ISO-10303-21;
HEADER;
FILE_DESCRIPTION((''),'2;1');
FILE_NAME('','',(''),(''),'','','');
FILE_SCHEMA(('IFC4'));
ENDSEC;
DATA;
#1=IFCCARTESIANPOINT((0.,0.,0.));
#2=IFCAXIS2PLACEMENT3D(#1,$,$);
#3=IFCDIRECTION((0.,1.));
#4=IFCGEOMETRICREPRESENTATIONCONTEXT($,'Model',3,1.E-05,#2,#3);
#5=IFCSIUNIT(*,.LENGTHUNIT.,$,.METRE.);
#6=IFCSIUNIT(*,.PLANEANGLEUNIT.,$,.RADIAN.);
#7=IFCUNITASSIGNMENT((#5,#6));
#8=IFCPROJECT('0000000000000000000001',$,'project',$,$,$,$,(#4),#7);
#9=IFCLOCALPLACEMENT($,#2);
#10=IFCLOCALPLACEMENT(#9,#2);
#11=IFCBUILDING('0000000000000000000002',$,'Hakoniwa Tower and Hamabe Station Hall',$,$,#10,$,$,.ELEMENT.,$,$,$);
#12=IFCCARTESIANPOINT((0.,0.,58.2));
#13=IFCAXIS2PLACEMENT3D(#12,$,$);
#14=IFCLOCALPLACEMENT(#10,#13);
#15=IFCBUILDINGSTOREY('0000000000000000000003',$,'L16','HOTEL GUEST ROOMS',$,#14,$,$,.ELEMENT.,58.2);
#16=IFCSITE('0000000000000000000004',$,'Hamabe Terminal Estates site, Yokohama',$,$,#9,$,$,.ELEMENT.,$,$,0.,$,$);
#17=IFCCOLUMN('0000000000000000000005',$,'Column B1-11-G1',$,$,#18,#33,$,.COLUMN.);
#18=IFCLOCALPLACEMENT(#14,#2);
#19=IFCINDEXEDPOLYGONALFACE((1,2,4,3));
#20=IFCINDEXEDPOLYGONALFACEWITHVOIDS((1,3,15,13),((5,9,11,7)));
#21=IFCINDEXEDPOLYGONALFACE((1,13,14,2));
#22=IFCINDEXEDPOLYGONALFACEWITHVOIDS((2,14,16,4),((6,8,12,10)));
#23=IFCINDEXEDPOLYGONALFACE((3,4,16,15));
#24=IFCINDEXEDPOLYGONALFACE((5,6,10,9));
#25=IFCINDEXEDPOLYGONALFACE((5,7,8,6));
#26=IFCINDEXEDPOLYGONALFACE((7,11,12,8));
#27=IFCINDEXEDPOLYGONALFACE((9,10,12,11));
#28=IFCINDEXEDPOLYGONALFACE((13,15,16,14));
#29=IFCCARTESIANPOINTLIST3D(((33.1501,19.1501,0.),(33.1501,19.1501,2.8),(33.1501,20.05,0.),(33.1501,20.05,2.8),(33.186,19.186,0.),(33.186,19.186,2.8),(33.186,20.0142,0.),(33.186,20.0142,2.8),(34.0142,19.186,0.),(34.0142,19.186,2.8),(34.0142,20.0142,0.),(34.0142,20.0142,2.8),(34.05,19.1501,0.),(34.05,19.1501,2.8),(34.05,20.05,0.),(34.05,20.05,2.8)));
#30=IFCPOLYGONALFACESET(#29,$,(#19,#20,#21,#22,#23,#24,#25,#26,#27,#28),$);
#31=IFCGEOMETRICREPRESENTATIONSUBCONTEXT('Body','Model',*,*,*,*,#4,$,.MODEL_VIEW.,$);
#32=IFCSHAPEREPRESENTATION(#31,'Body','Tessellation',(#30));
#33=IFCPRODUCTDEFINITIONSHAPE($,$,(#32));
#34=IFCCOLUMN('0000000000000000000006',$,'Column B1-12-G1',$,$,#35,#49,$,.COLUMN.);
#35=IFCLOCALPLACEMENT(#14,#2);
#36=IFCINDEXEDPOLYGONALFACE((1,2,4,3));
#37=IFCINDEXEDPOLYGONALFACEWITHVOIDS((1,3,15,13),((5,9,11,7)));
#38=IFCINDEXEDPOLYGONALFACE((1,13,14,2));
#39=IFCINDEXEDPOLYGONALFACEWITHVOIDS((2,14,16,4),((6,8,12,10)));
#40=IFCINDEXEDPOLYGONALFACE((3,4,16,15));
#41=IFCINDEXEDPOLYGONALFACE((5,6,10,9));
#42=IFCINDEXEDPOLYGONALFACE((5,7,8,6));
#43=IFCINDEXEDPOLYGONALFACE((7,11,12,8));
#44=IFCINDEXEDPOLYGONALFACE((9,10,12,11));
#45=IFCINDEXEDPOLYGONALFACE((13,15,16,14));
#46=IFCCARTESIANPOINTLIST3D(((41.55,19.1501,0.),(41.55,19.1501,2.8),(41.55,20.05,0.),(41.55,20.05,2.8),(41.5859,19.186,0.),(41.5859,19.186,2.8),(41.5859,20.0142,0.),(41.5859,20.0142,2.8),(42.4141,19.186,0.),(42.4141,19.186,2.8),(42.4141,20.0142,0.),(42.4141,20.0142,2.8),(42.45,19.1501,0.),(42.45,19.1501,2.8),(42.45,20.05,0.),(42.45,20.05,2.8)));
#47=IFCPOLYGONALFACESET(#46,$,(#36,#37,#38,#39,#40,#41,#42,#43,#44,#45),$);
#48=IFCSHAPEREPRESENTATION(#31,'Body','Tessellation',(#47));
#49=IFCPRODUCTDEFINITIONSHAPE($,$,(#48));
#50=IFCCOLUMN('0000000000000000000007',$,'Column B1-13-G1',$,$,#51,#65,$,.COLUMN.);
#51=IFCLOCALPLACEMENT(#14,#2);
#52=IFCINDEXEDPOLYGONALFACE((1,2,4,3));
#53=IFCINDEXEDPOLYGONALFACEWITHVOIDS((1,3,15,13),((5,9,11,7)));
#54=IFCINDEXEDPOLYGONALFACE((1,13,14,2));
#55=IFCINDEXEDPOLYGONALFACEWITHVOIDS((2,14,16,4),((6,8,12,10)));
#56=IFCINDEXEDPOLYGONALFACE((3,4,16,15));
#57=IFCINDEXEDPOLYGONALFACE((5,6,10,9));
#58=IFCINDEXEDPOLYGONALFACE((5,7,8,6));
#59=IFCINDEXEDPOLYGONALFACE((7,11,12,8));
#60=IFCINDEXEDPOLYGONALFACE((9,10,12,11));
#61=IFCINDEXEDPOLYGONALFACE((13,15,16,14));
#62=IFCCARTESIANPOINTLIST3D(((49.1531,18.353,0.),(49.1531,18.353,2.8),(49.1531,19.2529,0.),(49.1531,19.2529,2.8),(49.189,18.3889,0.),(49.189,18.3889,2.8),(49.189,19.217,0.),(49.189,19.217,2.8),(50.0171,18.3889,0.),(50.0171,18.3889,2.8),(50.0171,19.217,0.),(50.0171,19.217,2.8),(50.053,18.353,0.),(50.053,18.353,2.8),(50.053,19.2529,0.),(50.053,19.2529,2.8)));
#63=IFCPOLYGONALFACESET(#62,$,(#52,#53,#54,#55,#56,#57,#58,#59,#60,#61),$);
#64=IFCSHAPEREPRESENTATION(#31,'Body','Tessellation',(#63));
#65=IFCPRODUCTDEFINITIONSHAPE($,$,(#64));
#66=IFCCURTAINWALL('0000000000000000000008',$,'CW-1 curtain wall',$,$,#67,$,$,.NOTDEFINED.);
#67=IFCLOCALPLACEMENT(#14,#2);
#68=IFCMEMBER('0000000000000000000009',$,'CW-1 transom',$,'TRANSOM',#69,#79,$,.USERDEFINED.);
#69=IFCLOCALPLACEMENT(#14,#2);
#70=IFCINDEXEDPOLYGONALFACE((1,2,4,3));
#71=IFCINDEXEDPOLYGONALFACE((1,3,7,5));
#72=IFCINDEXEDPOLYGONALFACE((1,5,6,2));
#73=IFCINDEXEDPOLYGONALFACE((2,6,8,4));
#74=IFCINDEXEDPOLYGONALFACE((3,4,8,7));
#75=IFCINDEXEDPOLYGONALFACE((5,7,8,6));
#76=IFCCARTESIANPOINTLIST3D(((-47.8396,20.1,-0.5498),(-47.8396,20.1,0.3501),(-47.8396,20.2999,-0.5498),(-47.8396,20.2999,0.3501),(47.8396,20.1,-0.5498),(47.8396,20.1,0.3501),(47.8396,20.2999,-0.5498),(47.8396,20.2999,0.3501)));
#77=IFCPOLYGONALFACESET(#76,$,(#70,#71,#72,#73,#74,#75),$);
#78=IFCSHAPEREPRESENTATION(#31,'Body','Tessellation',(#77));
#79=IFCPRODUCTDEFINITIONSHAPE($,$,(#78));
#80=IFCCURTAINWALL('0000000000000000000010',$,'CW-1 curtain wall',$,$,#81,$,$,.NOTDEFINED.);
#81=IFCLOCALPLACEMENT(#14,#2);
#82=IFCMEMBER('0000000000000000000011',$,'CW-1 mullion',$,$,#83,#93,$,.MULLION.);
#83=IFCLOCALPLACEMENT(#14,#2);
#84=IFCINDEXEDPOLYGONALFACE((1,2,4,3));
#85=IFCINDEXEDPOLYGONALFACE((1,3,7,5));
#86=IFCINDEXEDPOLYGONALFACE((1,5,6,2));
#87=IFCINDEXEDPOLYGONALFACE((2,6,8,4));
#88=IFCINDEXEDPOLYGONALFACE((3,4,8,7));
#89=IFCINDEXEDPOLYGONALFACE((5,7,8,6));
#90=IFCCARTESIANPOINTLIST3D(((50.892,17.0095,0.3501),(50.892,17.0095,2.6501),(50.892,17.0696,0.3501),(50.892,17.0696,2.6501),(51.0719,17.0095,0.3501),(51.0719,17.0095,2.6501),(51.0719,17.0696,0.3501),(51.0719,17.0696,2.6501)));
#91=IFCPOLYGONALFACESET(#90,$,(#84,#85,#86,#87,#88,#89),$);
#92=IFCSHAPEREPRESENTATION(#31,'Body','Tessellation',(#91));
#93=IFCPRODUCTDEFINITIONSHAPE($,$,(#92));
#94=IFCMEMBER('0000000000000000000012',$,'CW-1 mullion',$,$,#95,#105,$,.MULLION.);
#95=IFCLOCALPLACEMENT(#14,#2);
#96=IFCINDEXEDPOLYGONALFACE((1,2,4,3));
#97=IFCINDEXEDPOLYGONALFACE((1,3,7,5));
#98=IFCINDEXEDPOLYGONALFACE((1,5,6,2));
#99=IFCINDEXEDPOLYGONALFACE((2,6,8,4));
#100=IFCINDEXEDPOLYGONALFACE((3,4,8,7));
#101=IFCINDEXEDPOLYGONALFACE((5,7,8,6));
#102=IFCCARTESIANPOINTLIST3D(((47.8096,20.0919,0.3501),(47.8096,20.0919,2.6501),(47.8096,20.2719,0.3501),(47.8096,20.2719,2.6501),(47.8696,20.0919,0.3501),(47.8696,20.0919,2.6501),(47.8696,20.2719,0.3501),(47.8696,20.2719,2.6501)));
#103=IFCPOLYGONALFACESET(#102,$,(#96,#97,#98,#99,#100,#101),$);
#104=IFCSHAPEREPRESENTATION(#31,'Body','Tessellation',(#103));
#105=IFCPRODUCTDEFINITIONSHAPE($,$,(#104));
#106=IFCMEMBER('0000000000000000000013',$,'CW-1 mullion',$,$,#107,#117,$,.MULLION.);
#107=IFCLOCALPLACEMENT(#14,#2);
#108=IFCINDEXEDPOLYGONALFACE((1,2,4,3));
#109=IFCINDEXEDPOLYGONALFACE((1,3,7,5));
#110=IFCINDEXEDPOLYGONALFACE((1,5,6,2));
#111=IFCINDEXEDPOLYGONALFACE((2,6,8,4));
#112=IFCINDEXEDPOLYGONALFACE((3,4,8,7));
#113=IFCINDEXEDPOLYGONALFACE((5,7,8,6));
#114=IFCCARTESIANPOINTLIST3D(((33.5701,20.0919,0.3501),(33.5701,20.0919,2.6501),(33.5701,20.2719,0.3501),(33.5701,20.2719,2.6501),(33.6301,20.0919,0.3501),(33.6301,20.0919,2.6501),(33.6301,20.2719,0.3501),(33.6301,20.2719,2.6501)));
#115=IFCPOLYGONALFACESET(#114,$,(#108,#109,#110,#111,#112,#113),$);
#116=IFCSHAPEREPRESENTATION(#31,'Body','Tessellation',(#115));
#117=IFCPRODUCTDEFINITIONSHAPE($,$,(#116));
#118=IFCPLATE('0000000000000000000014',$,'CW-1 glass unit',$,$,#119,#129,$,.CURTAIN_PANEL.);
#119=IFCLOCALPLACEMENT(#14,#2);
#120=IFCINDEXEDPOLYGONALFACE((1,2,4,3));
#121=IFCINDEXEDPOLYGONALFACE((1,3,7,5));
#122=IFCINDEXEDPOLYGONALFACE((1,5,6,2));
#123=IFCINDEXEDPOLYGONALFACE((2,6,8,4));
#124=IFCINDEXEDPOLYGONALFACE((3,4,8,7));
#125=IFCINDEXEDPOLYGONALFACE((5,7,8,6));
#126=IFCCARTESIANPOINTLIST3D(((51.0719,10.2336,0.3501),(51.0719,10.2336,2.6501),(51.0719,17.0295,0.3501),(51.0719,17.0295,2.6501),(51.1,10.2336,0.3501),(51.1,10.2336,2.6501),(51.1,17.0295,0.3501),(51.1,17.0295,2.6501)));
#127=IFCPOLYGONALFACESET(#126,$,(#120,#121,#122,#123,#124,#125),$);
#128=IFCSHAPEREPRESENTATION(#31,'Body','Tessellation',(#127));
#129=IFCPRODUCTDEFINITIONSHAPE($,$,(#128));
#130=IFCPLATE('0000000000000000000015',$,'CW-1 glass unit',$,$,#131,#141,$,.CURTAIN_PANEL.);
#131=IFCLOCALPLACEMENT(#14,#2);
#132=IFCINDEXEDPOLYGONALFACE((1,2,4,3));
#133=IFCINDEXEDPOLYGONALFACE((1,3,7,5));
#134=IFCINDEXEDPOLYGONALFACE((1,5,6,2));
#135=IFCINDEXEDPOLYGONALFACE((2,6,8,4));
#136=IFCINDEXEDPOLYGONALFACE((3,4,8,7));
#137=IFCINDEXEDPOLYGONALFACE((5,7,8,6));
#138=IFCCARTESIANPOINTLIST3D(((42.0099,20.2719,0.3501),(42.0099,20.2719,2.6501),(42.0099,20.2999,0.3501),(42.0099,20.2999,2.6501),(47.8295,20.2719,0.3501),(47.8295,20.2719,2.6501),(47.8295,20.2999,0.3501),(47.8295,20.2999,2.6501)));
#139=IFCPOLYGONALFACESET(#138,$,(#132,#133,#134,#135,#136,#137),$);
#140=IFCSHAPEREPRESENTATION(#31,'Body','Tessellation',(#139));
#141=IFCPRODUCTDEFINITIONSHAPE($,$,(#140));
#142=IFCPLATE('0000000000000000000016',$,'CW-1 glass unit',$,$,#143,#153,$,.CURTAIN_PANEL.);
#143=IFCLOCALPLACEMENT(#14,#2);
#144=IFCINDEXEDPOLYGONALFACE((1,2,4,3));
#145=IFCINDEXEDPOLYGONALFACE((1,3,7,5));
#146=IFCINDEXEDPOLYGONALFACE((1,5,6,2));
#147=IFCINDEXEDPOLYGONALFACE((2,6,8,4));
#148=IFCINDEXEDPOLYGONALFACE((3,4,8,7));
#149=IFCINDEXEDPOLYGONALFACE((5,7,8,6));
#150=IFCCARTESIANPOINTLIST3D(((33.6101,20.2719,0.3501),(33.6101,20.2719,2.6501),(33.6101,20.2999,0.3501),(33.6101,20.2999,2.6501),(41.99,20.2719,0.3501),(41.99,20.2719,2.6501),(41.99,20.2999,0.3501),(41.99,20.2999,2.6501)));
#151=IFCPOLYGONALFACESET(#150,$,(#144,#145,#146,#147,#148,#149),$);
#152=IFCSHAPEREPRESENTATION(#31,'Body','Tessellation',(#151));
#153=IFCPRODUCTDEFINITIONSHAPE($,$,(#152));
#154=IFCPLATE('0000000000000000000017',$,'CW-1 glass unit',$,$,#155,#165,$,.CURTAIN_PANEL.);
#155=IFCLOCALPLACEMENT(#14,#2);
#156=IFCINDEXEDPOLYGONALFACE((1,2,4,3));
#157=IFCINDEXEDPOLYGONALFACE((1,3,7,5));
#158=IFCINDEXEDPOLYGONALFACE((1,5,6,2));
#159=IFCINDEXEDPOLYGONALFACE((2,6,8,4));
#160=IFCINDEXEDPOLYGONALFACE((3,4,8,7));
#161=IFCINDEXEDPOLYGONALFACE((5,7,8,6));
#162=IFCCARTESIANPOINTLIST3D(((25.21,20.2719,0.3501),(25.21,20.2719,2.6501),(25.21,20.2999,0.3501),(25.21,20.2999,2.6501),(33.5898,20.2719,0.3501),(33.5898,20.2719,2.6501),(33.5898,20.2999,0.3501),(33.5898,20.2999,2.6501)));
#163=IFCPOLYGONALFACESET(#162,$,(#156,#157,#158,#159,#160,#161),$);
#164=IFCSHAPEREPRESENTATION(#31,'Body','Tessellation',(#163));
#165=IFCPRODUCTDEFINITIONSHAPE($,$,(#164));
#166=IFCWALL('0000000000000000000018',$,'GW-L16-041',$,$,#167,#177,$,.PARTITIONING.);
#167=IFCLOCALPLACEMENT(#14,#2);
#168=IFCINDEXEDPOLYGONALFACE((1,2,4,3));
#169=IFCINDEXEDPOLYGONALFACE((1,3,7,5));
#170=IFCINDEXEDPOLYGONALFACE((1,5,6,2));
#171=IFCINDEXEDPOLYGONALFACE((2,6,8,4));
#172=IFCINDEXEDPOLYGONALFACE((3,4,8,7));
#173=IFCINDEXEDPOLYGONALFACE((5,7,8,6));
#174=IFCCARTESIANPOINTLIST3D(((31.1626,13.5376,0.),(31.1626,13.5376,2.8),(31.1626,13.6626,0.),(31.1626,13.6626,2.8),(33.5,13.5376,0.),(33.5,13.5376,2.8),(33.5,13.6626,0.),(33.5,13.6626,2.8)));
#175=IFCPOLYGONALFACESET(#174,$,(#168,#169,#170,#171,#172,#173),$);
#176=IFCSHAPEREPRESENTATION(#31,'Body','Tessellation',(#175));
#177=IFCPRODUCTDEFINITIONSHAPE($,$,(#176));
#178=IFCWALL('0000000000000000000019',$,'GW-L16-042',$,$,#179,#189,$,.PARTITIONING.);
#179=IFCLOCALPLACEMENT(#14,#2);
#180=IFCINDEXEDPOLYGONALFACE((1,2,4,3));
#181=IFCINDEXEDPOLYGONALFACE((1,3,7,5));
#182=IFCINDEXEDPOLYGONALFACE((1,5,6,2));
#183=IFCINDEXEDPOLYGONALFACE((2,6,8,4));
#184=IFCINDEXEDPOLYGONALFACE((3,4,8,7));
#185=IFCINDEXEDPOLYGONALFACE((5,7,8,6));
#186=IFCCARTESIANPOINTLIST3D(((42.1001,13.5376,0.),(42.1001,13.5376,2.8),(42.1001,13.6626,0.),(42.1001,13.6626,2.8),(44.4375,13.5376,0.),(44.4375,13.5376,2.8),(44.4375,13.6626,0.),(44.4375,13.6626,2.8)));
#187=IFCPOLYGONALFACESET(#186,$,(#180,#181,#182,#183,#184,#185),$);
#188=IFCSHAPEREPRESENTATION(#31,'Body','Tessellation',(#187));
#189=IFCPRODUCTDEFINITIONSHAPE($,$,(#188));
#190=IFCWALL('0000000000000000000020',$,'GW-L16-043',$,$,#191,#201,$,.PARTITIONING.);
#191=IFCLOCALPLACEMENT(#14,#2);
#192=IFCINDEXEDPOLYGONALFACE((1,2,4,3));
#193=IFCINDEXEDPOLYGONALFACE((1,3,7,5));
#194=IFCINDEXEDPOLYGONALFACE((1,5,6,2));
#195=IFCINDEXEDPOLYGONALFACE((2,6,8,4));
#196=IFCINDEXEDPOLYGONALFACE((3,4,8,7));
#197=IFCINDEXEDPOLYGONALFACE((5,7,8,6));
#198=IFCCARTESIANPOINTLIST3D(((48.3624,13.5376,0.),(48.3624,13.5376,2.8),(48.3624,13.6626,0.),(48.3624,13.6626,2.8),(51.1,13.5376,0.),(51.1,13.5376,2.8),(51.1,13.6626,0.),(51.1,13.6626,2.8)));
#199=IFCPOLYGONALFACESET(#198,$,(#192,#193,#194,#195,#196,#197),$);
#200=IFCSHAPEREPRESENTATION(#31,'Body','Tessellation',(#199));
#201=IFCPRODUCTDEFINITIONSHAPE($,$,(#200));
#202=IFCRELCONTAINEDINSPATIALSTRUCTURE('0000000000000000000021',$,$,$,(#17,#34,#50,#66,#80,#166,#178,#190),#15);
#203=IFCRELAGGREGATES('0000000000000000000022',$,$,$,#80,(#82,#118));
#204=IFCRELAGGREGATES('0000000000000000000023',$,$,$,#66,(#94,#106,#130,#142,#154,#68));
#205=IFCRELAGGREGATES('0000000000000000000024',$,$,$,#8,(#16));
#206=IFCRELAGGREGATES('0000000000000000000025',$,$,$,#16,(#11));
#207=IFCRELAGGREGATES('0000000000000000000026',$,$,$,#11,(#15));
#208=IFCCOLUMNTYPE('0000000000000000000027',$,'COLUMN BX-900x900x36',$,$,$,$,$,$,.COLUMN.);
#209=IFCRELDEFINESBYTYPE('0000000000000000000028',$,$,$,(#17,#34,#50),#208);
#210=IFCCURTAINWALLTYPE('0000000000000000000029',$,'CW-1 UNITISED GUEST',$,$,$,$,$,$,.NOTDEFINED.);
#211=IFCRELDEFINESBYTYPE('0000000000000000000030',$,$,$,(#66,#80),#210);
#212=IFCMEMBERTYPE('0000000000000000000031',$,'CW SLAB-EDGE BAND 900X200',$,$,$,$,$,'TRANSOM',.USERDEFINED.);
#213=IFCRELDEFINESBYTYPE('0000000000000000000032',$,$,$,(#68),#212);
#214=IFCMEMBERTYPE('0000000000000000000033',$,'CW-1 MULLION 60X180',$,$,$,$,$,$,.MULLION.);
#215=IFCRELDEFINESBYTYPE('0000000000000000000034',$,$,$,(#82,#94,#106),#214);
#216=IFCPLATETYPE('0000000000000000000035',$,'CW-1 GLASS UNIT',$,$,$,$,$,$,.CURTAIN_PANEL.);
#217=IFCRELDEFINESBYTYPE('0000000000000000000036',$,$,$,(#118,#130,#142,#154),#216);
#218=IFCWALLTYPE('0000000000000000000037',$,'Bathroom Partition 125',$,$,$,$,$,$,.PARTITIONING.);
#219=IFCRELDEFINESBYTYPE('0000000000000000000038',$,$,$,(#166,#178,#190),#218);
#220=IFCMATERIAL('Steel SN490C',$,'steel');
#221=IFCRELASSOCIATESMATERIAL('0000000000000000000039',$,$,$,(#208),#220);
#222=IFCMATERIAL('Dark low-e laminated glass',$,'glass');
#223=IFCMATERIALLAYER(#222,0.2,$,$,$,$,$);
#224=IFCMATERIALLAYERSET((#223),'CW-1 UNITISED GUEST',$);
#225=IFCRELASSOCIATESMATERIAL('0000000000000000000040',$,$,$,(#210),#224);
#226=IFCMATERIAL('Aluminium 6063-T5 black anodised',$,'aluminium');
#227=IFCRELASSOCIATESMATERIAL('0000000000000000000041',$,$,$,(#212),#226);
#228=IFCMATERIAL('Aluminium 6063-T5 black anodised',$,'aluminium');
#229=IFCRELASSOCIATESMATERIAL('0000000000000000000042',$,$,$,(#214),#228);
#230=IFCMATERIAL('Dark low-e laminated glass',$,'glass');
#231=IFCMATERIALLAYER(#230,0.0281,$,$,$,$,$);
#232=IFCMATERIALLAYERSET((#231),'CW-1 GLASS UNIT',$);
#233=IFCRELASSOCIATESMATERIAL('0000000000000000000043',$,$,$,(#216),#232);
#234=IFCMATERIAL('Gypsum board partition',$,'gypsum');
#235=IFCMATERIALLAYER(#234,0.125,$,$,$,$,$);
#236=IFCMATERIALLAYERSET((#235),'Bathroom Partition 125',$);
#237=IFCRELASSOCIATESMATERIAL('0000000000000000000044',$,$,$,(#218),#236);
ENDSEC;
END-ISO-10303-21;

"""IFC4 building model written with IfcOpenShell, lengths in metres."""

from ifc_helpers import new_model, si_unit, direction, frame, frame_2d, origin, origin_2d, place, context, subcontext, project, spatial, rectangle, hollow_rectangle, extrude, material, layer, layer_set, material_profile, profile_set, type_object, element, aggregate, save


model = new_model("IFC4")

# Units and contexts
model_context = context("Model", 3, precision=1e-05, world=origin(), true_north=direction((0.0, 1.0)))
body_context = subcontext(model_context, "Body", "Model", "MODEL_VIEW")
ifc_project = project(units=[si_unit("LENGTHUNIT", "METRE"), si_unit("PLANEANGLEUNIT", "RADIAN")], contexts=[model_context])

# Site, building, storey
site_placement = place(None, origin())
site = spatial("IfcSite", under=ifc_project, at=site_placement, Name="Hamabe Terminal Estates site, Yokohama", CompositionType="ELEMENT", RefElevation=0.0)
building_placement = place(site_placement, origin())
building = spatial("IfcBuilding", under=site, at=building_placement, Name="Hakoniwa Tower and Hamabe Station Hall", CompositionType="ELEMENT")
storey_placement = place(building_placement, frame((0.0, 0.0, 58.2)))
storey = spatial("IfcBuildingStorey", under=building, at=storey_placement, Name="L16", Description="HOTEL GUEST ROOMS", CompositionType="ELEMENT", Elevation=58.2)

# Columns
ifc_material_1 = material(Name="Steel SN490C", Category="steel")
ifc_material_profile_1 = material_profile(ifc_material_1, hollow_rectangle(XDim=0.8999, YDim=0.8999, WallThickness=0.0359, at=origin_2d()), Name="BX-900x900x36")
ifc_profile_set_1 = profile_set([ifc_material_profile_1], Name="Steel SN490C")
column_type = type_object("IfcColumnType", Name="COLUMN BX-900x900x36", PredefinedType="COLUMN", material=ifc_profile_set_1)
for number, where, z_axis, x_axis, name in (
    (1, (33.6001, 19.6001, 0.0), (0.0, 0.0, 1.0), (1.0, 0.0, 0.0), "Column B1-11-G1"),
    (2, (42.0, 19.6001, 0.0), (0.0, 0.0, 1.0), (1.0, 0.0, 0.0), "Column B1-12-G1"),
    (3, (49.603, 18.803, 0.0), (0.0, 0.0, 1.0), (1.0, 0.0, 0.0), "Column B1-13-G1"),
):
    element("IfcColumn", number, at=place(storey_placement, frame(where, z_axis=z_axis, x_axis=x_axis)), inside=storey, type_object=column_type, Name=name, PredefinedType="COLUMN", context=body_context, shape_type="SweptSolid", body=[
        extrude(hollow_rectangle(XDim=0.8999, YDim=0.8999, WallThickness=0.0359, at=origin_2d()), origin(), (0.0, 0.0, 1.0), 2.8),
    ])

# Curtain walls, members
ifc_material_2 = material(Name="Dark low-e laminated glass", Category="glass")
ifc_layer_1 = layer(ifc_material_2, 0.2)
ifc_layer_set_1 = layer_set([ifc_layer_1], Name="CW-1 UNITISED GUEST")
curtain_wall_type = type_object("IfcCurtainWallType", Name="CW-1 UNITISED GUEST", PredefinedType="NOTDEFINED", material=ifc_layer_set_1)
curtain_wall_1_placement = place(storey_placement, origin())
curtain_wall_1 = element("IfcCurtainWall", 4, at=curtain_wall_1_placement, inside=storey, type_object=curtain_wall_type, Name="CW-1 curtain wall", PredefinedType="NOTDEFINED")
ifc_material_3 = material(Name="Aluminium 6063-T5 black anodised", Category="aluminium")
ifc_material_profile_2 = material_profile(ifc_material_3, rectangle(XDim=0.2, YDim=0.8999, at=origin_2d()), Name="CW SLAB-EDGE BAND 900X200")
ifc_profile_set_2 = profile_set([ifc_material_profile_2], Name="Aluminium 6063-T5 black anodised")
member_type_1 = type_object("IfcMemberType", Name="CW SLAB-EDGE BAND 900X200", ElementType="TRANSOM", PredefinedType="USERDEFINED", material=ifc_profile_set_2)
member_1_placement = place(storey_placement, frame((47.8396, 20.2, -0.0999), z_axis=(-1.0, 0.0, 0.0), x_axis=(0.0, -1.0, 0.0)))
member_1 = element("IfcMember", 5, at=member_1_placement, type_object=member_type_1, Name="CW-1 transom", ObjectType="TRANSOM", PredefinedType="USERDEFINED", context=body_context, shape_type="SweptSolid", body=[
    extrude(rectangle(XDim=0.2, YDim=0.8999, at=origin_2d()), origin(), (0.0, 0.0, 1.0), 95.6792),
])
curtain_wall_2_placement = place(storey_placement, origin())
curtain_wall_2 = element("IfcCurtainWall", 6, at=curtain_wall_2_placement, inside=storey, type_object=curtain_wall_type, Name="CW-1 curtain wall", PredefinedType="NOTDEFINED")
ifc_material_4 = material(Name="Aluminium 6063-T5 black anodised", Category="aluminium")
ifc_material_profile_3 = material_profile(ifc_material_4, rectangle(XDim=0.0601, YDim=0.1799, at=origin_2d()), Name="CW-1 MULLION 60X180")
ifc_profile_set_3 = profile_set([ifc_material_profile_3], Name="Aluminium 6063-T5 black anodised")
member_type_2 = type_object("IfcMemberType", Name="CW-1 MULLION 60X180", PredefinedType="MULLION", material=ifc_profile_set_3)
member_2_placement = place(storey_placement, frame((50.9819, 17.0396, 0.3501), z_axis=(0.0, 0.0, 1.0), x_axis=(0.0, 1.0, 0.0)))
member_2 = element("IfcMember", 7, at=member_2_placement, type_object=member_type_2, Name="CW-1 mullion", PredefinedType="MULLION", context=body_context, shape_type="SweptSolid", body=[
    extrude(rectangle(XDim=0.0601, YDim=0.1799, at=origin_2d()), origin(), (0.0, 0.0, 1.0), 2.3),
])

# Members
member_3_placement = place(storey_placement, frame((47.8396, 20.1819, 0.3501), z_axis=(0.0, 0.0, 1.0), x_axis=(-1.0, 0.0, 0.0)))
member_3 = element("IfcMember", 8, at=member_3_placement, type_object=member_type_2, Name="CW-1 mullion", PredefinedType="MULLION", context=body_context, shape_type="SweptSolid", body=[
    extrude(rectangle(XDim=0.0601, YDim=0.1799, at=origin_2d()), origin(), (0.0, 0.0, 1.0), 2.3),
])
member_4_placement = place(storey_placement, frame((33.6001, 20.1819, 0.3501), z_axis=(0.0, 0.0, 1.0), x_axis=(-1.0, 0.0, 0.0)))
member_4 = element("IfcMember", 9, at=member_4_placement, type_object=member_type_2, Name="CW-1 mullion", PredefinedType="MULLION", context=body_context, shape_type="SweptSolid", body=[
    extrude(rectangle(XDim=0.0601, YDim=0.1799, at=origin_2d()), origin(), (0.0, 0.0, 1.0), 2.3),
])

# Plates
ifc_material_5 = material(Name="Dark low-e laminated glass", Category="glass")
ifc_layer_2 = layer(ifc_material_5, 0.0281)
ifc_layer_set_2 = layer_set([ifc_layer_2], Name="CW-1 GLASS UNIT")
plate_type = type_object("IfcPlateType", Name="CW-1 GLASS UNIT", PredefinedType="CURTAIN_PANEL", material=ifc_layer_set_2)
plate_1_placement = place(storey_placement, frame((51.0859, 13.6316, 0.3501), z_axis=(0.0, 0.0, 1.0), x_axis=(0.0, 1.0, 0.0)))
plate_1 = element("IfcPlate", 10, at=plate_1_placement, type_object=plate_type, Name="CW-1 glass unit", PredefinedType="CURTAIN_PANEL", context=body_context, shape_type="SweptSolid", body=[
    extrude(rectangle(XDim=6.7959, YDim=0.0281, at=origin_2d()), origin(), (0.0, 0.0, 1.0), 2.3),
])
aggregate(curtain_wall_2, [member_2, plate_1])
plate_2_placement = place(storey_placement, frame((44.9197, 20.2859, 0.3501), z_axis=(0.0, 0.0, 1.0), x_axis=(-1.0, 0.0, 0.0)))
plate_2 = element("IfcPlate", 11, at=plate_2_placement, type_object=plate_type, Name="CW-1 glass unit", PredefinedType="CURTAIN_PANEL", context=body_context, shape_type="SweptSolid", body=[
    extrude(rectangle(XDim=5.8196, YDim=0.0281, at=origin_2d()), origin(), (0.0, 0.0, 1.0), 2.3),
])
plate_3_placement = place(storey_placement, frame((37.8, 20.2859, 0.3501), z_axis=(0.0, 0.0, 1.0), x_axis=(-1.0, 0.0, 0.0)))
plate_3 = element("IfcPlate", 12, at=plate_3_placement, type_object=plate_type, Name="CW-1 glass unit", PredefinedType="CURTAIN_PANEL", context=body_context, shape_type="SweptSolid", body=[
    extrude(rectangle(XDim=8.3799, YDim=0.0281, at=origin_2d()), origin(), (0.0, 0.0, 1.0), 2.3),
])
plate_4_placement = place(storey_placement, frame((29.3999, 20.2859, 0.3501), z_axis=(0.0, 0.0, 1.0), x_axis=(-1.0, 0.0, 0.0)))
plate_4 = element("IfcPlate", 13, at=plate_4_placement, type_object=plate_type, Name="CW-1 glass unit", PredefinedType="CURTAIN_PANEL", context=body_context, shape_type="SweptSolid", body=[
    extrude(rectangle(XDim=8.3799, YDim=0.0281, at=origin_2d()), origin(), (0.0, 0.0, 1.0), 2.3),
])
aggregate(curtain_wall_1, [member_3, member_4, plate_2, plate_3, plate_4, member_1])

# Walls
ifc_material_6 = material(Name="Gypsum board partition", Category="gypsum")
ifc_layer_3 = layer(ifc_material_6, 0.125)
ifc_layer_set_3 = layer_set([ifc_layer_3], Name="Bathroom Partition 125")
wall_type_1 = type_object("IfcWallType", Name="Bathroom Partition 125", PredefinedType="PARTITIONING", material=ifc_layer_set_3)
for number, where, z_axis, x_axis, name in (
    (14, (31.1626, 13.6001, 0.0), (0.0, 0.0, 1.0), (1.0, 0.0, 0.0), "GW-L16-041"),
    (15, (42.1001, 13.6001, 0.0), (0.0, 0.0, 1.0), (1.0, 0.0, 0.0), "GW-L16-042"),
):
    element("IfcWall", number, at=place(storey_placement, frame(where, z_axis=z_axis, x_axis=x_axis)), inside=storey, type_object=wall_type_1, Name=name, PredefinedType="PARTITIONING", context=body_context, shape_type="SweptSolid", body=[
        extrude(rectangle(XDim=2.3374, YDim=0.125, at=frame_2d((1.1687, 0.0))), origin(), (0.0, 0.0, 1.0), 2.8),
    ])
wall_1_placement = place(storey_placement, frame((48.3625, 13.6001, 0.0), z_axis=(0.0, 0.0, 1.0), x_axis=(1.0, 0.0, 0.0)))
element("IfcWall", 16, at=wall_1_placement, inside=storey, type_object=wall_type_1, Name="GW-L16-043", PredefinedType="PARTITIONING", context=body_context, shape_type="SweptSolid", body=[
    extrude(rectangle(XDim=2.7375, YDim=0.125, at=frame_2d((1.3687, 0.0))), origin(), (0.0, 0.0, 1.0), 2.8),
])

save(model, "model.ifc")
